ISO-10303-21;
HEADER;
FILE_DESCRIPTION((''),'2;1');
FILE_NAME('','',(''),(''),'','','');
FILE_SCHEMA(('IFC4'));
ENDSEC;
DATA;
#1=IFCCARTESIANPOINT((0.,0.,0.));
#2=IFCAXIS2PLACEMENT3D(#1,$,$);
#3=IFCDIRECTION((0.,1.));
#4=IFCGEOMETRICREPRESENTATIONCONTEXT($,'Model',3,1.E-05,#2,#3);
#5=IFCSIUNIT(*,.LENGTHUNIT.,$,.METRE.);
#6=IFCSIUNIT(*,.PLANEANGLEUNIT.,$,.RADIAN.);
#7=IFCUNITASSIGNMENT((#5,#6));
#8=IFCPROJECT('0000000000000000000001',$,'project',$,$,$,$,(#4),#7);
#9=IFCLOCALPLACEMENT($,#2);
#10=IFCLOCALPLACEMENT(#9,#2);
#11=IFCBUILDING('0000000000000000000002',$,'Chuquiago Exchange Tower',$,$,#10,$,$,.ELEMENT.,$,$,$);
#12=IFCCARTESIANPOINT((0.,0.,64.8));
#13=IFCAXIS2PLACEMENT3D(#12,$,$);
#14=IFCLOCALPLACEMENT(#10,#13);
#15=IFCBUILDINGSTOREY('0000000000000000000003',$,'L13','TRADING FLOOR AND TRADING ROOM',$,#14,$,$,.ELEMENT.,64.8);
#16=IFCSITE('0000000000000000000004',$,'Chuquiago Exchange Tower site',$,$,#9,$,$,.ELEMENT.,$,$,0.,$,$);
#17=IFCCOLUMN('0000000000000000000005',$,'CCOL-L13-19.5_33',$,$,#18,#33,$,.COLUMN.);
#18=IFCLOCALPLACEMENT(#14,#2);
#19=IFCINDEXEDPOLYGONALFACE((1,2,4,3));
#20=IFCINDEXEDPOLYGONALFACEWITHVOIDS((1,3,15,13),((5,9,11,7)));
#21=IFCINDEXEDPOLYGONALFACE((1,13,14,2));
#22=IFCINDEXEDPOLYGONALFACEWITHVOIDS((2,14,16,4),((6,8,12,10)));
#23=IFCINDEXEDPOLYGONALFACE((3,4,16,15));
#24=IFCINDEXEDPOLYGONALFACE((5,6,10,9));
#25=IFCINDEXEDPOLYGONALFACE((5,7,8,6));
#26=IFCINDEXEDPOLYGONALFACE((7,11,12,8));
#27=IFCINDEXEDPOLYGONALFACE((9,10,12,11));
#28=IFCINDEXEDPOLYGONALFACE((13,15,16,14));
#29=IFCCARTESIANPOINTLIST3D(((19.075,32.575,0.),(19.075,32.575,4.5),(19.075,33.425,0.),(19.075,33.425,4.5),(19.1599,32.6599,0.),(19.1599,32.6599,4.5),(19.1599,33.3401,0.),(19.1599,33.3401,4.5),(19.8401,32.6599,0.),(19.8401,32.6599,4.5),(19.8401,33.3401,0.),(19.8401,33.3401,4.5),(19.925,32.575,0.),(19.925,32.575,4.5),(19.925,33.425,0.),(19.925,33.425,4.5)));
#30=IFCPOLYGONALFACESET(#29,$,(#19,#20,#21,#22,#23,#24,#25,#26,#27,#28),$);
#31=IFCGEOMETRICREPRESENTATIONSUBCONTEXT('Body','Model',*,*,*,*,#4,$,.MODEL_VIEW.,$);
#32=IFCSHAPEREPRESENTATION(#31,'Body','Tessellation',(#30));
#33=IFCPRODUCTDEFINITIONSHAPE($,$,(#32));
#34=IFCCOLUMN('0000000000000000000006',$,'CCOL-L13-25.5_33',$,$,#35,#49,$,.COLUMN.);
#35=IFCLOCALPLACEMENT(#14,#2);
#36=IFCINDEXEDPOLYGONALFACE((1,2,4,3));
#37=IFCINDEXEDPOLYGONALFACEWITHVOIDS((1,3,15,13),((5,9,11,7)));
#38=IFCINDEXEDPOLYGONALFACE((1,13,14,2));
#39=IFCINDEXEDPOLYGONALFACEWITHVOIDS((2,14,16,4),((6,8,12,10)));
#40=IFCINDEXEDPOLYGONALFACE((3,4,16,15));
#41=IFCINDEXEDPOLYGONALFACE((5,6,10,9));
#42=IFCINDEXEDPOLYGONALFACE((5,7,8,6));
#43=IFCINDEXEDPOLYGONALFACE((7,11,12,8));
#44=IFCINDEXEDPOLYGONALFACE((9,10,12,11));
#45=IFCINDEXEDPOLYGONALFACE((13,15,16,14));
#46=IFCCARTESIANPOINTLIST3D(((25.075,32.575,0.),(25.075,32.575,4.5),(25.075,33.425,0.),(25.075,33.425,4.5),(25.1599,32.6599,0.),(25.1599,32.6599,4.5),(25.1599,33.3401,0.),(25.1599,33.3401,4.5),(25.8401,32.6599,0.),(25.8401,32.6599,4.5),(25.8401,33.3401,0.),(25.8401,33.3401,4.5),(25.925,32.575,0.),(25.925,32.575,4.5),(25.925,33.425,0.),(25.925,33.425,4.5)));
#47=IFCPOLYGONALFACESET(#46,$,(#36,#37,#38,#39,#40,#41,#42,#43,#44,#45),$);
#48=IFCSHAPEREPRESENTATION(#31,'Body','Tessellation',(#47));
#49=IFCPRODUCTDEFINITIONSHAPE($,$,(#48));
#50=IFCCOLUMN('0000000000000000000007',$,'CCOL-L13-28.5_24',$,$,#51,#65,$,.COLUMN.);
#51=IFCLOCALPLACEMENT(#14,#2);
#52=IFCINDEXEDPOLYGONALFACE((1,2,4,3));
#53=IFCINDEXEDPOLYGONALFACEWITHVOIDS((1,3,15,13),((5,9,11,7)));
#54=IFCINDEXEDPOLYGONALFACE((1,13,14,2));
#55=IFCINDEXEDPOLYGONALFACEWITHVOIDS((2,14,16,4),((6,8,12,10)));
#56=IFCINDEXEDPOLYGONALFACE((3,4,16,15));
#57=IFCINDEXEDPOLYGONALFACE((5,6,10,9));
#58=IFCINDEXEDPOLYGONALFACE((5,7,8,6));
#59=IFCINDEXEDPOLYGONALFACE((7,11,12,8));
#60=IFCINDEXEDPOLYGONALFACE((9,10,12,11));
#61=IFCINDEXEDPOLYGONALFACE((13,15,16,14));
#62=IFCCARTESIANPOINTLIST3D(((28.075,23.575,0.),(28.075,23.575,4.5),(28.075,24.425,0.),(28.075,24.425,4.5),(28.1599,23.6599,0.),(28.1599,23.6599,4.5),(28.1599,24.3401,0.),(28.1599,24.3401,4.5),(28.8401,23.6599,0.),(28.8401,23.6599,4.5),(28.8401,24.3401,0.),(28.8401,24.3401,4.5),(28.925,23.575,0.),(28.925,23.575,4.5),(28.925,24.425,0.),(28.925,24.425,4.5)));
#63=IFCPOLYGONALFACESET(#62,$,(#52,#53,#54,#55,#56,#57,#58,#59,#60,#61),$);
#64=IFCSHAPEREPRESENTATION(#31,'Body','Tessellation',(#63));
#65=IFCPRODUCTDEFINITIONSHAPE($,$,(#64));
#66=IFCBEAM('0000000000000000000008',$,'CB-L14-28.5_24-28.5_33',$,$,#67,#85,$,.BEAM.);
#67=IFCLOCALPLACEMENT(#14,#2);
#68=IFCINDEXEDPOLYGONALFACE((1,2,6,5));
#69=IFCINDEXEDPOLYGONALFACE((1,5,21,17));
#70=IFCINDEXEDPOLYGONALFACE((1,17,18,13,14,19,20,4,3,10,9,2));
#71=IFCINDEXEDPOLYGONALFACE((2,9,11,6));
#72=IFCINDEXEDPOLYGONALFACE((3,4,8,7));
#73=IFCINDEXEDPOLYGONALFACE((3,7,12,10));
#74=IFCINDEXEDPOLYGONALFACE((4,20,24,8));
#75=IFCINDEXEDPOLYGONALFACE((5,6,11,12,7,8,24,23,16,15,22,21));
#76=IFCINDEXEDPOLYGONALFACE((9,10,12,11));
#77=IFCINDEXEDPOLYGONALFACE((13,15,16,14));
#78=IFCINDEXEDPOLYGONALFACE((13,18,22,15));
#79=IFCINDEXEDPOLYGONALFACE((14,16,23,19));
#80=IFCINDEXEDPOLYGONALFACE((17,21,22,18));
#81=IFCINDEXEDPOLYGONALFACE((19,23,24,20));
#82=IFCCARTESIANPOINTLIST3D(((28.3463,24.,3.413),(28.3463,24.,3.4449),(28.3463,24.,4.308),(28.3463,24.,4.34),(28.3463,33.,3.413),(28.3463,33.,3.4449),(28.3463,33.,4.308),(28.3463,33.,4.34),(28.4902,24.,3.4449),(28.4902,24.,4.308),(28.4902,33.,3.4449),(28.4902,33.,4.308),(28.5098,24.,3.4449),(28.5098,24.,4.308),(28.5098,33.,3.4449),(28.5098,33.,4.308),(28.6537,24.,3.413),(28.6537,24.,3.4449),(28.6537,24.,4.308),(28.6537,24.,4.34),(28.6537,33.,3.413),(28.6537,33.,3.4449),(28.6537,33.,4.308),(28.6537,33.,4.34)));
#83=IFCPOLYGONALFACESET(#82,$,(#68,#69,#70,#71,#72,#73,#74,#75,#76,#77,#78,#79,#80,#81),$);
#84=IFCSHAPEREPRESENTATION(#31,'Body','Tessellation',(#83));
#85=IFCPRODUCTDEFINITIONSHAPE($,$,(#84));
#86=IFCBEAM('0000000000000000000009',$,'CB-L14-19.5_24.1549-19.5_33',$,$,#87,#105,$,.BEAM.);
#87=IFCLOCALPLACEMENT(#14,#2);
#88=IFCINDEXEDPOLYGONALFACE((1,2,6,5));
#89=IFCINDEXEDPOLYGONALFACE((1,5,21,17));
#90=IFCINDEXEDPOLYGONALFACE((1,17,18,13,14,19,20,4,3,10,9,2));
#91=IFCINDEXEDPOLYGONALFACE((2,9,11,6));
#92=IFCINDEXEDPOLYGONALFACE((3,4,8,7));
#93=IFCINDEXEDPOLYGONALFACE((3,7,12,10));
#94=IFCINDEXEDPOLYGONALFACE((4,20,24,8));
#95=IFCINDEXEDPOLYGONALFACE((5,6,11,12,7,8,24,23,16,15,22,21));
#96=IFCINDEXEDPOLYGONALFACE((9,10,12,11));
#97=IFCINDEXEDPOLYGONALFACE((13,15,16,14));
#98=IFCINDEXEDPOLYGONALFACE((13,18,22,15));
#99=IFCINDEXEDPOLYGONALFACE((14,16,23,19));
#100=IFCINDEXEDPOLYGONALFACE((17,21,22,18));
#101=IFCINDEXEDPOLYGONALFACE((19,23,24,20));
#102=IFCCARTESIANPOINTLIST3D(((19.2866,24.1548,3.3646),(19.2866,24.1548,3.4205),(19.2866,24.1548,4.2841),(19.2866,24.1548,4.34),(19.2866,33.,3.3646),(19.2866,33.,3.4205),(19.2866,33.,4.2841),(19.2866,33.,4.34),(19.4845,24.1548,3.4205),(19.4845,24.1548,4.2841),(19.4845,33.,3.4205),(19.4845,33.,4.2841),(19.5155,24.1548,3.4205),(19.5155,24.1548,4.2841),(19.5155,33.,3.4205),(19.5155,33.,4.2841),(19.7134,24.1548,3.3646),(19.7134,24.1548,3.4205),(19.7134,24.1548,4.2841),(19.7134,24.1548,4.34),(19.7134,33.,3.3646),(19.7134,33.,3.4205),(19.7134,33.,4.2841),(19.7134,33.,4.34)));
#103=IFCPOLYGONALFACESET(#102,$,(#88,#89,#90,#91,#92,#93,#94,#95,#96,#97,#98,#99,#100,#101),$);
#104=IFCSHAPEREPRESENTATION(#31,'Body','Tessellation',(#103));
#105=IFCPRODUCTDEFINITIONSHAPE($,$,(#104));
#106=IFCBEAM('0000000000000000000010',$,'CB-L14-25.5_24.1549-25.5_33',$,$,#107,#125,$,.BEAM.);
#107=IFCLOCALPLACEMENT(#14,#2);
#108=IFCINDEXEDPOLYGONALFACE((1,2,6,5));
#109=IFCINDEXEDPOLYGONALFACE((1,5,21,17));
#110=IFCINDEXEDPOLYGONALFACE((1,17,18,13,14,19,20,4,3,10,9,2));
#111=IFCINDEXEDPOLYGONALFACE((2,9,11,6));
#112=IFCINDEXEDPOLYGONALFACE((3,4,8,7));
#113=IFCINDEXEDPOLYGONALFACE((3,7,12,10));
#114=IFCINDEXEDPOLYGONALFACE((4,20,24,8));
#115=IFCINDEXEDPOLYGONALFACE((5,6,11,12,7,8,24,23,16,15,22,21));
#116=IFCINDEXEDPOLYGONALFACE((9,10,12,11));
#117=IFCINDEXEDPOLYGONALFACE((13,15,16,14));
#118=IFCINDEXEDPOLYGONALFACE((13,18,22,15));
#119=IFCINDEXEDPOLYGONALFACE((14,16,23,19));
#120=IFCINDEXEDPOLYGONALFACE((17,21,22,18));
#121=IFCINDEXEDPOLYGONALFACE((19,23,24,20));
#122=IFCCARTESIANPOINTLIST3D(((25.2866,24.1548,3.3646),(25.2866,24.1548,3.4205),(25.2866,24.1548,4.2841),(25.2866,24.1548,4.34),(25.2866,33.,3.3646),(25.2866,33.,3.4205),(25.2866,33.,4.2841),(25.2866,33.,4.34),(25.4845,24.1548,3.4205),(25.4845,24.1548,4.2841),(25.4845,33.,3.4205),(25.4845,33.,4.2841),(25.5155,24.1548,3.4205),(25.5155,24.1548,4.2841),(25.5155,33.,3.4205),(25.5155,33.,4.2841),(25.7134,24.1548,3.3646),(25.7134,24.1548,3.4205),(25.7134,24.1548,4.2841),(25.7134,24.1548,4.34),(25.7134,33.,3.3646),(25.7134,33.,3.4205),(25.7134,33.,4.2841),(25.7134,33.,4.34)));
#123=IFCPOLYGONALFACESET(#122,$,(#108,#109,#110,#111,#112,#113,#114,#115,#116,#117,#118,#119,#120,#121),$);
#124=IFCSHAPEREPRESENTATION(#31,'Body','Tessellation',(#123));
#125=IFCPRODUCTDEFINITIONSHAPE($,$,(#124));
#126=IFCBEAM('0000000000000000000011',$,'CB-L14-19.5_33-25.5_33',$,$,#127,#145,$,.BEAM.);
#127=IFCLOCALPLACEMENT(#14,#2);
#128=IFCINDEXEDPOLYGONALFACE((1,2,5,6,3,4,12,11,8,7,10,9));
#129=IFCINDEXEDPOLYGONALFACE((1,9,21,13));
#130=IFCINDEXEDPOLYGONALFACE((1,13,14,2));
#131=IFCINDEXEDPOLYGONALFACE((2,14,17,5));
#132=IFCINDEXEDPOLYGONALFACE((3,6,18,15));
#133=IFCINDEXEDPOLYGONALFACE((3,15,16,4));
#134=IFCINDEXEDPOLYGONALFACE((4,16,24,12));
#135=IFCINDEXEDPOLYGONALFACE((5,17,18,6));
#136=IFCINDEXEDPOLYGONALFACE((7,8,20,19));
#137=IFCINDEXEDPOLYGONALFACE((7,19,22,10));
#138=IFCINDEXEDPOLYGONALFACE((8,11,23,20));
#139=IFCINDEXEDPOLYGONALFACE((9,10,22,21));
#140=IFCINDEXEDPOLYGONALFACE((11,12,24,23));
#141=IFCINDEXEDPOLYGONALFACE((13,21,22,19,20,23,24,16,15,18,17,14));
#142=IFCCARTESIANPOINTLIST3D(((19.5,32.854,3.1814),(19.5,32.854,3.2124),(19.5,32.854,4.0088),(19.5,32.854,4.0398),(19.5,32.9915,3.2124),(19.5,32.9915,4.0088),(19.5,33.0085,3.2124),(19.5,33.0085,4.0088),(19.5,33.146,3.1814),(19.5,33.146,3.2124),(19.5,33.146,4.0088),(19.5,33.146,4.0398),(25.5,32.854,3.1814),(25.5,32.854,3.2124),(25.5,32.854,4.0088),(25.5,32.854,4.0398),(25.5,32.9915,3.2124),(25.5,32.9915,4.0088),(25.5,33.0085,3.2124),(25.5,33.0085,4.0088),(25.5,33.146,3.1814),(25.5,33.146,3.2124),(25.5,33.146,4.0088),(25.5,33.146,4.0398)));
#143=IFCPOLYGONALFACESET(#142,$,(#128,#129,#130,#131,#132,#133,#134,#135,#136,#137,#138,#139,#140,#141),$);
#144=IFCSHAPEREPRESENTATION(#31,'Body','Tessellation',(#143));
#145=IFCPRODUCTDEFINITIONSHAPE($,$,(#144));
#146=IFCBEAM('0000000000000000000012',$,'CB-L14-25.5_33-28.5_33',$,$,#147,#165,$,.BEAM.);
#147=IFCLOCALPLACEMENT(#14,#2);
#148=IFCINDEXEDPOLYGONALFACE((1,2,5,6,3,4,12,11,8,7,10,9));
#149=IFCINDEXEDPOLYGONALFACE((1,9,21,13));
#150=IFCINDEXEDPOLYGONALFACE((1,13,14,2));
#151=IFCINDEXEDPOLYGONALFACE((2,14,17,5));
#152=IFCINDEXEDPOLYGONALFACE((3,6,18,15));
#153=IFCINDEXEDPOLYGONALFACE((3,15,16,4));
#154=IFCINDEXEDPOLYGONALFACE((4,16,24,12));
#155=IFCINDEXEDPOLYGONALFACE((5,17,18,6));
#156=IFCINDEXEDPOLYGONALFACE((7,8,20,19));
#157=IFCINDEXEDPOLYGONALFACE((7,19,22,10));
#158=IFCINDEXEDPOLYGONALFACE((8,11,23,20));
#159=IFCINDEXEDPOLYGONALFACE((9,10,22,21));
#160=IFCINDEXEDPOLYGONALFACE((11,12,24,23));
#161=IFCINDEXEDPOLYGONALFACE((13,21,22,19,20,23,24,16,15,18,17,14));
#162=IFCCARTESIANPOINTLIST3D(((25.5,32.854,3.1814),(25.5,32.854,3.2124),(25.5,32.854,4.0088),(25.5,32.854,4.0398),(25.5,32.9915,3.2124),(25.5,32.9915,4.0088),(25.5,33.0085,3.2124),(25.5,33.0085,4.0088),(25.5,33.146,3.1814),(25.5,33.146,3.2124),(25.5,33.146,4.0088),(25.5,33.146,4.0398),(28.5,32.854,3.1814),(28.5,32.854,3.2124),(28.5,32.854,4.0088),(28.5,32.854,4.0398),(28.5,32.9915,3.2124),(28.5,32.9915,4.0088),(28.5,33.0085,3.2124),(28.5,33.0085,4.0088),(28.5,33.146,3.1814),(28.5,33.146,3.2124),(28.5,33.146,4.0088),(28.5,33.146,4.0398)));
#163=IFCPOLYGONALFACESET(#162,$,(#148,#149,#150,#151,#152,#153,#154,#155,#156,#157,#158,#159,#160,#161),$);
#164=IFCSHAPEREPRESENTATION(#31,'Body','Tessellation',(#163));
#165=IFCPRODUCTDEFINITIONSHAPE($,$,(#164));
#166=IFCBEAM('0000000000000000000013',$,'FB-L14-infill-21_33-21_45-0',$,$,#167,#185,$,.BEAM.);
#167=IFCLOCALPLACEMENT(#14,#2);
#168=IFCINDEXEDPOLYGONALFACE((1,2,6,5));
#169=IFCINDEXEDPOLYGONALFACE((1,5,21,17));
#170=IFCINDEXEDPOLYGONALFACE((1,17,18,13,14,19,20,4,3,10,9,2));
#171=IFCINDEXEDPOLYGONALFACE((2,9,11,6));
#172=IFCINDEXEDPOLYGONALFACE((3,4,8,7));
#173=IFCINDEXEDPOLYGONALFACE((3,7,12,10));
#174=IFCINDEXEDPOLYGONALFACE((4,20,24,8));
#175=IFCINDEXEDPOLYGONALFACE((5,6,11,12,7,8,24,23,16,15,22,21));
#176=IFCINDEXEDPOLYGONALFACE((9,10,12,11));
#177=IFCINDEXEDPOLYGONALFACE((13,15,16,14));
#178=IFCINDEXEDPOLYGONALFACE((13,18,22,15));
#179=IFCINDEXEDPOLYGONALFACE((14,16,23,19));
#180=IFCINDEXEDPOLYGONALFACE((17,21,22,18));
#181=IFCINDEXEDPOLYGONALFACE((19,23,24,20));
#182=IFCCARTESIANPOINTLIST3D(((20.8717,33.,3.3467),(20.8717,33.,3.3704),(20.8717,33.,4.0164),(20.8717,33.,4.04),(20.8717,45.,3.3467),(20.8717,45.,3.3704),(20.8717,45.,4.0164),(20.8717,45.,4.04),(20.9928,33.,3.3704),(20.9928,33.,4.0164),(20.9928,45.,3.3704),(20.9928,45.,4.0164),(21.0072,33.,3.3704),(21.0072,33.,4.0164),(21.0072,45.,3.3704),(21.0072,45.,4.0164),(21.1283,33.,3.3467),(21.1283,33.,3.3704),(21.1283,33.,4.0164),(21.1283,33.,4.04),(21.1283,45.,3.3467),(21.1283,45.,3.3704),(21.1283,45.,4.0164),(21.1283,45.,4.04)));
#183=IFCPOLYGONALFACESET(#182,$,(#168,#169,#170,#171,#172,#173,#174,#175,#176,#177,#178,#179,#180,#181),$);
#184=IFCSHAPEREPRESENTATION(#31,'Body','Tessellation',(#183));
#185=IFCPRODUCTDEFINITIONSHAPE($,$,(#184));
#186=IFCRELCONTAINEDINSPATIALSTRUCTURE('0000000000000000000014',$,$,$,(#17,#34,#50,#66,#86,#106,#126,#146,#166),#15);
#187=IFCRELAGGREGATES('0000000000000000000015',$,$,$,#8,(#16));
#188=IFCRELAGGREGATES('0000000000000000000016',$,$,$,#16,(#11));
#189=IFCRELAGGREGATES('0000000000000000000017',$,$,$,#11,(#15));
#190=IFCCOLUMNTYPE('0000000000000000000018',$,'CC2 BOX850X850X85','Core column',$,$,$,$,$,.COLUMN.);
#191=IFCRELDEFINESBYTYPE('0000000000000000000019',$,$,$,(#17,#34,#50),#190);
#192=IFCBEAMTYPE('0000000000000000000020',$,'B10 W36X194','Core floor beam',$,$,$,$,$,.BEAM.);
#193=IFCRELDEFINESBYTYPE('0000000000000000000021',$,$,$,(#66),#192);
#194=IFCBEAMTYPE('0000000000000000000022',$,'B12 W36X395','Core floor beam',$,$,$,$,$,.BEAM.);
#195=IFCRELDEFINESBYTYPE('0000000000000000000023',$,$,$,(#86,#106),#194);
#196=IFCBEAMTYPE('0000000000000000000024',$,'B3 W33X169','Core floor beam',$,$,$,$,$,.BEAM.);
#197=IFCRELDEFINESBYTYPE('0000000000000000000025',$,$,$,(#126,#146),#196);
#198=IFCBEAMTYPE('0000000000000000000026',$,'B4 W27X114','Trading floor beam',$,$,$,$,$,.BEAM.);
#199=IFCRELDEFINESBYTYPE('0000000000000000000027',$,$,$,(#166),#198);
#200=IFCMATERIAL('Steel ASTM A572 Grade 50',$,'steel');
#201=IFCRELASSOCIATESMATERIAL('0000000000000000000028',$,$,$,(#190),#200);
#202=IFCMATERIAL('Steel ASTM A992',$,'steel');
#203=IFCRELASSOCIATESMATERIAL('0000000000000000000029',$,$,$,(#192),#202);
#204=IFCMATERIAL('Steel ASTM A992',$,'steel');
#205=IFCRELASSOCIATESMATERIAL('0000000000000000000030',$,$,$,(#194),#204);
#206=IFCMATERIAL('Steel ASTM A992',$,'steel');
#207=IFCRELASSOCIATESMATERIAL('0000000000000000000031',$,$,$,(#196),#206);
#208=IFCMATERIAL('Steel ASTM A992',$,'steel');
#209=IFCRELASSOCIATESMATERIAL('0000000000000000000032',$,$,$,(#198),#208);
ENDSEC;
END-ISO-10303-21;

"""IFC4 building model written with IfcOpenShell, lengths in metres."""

from ifc_helpers import new_model, si_unit, direction, frame, origin, origin_2d, place, context, subcontext, project, spatial, hollow_rectangle, i_section, extrude, material, material_profile, profile_set, type_object, element, save


model = new_model("IFC4")

# Units and contexts
model_context = context("Model", 3, precision=1e-05, world=origin(), true_north=direction((0.0, 1.0)))
body_context = subcontext(model_context, "Body", "Model", "MODEL_VIEW")
ifc_project = project(units=[si_unit("LENGTHUNIT", "METRE"), si_unit("PLANEANGLEUNIT", "RADIAN")], contexts=[model_context])

# Site, building, storey
site_placement = place(None, origin())
site = spatial("IfcSite", under=ifc_project, at=site_placement, Name="Chuquiago Exchange Tower site", CompositionType="ELEMENT", RefElevation=0.0)
building_placement = place(site_placement, origin())
building = spatial("IfcBuilding", under=site, at=building_placement, Name="Chuquiago Exchange Tower", CompositionType="ELEMENT")
storey_placement = place(building_placement, frame((0.0, 0.0, 64.8)))
storey = spatial("IfcBuildingStorey", under=building, at=storey_placement, Name="L13", Description="TRADING FLOOR AND TRADING ROOM", CompositionType="ELEMENT", Elevation=64.8)

# Columns
ifc_material_1 = material(Name="Steel ASTM A572 Grade 50", Category="steel")
ifc_material_profile_1 = material_profile(ifc_material_1, hollow_rectangle(XDim=0.8501, YDim=0.8501, WallThickness=0.085, at=origin_2d()), Name="BOX850X850X85")
ifc_profile_set_1 = profile_set([ifc_material_profile_1], Name="Steel ASTM A572 Grade 50")
column_type = type_object("IfcColumnType", Name="CC2 BOX850X850X85", Description="Core column", PredefinedType="COLUMN", material=ifc_profile_set_1)
for number, where, z_axis, x_axis, name in (
    (1, (19.5, 33.0, 0.0), (0.0, 0.0, 1.0), (1.0, 0.0, 0.0), "CCOL-L13-19.5_33"),
    (2, (25.5, 33.0, 0.0), (0.0, 0.0, 1.0), (1.0, 0.0, 0.0), "CCOL-L13-25.5_33"),
    (3, (28.5, 24.0, 0.0), (0.0, 0.0, 1.0), (1.0, 0.0, 0.0), "CCOL-L13-28.5_24"),
):
    element("IfcColumn", number, at=place(storey_placement, frame(where, z_axis=z_axis, x_axis=x_axis)), inside=storey, type_object=column_type, Name=name, PredefinedType="COLUMN", context=body_context, shape_type="SweptSolid", body=[
        extrude(hollow_rectangle(XDim=0.8501, YDim=0.8501, WallThickness=0.085, at=origin_2d()), origin(), (0.0, 0.0, 1.0), 4.5),
    ])

# Beams
ifc_material_2 = material(Name="Steel ASTM A992", Category="steel")
ifc_material_profile_2 = material_profile(ifc_material_2, i_section(OverallWidth=0.3074, OverallDepth=0.927, WebThickness=0.0195, FlangeThickness=0.032, at=origin_2d()), Name="W36X194")
ifc_profile_set_2 = profile_set([ifc_material_profile_2], Name="Steel ASTM A992")
beam_type_1 = type_object("IfcBeamType", Name="B10 W36X194", Description="Core floor beam", PredefinedType="BEAM", material=ifc_profile_set_2)
beam_1_placement = place(storey_placement, frame((28.5, 24.0, 3.8765), z_axis=(0.0, 1.0, 0.0), x_axis=(-1.0, 0.0, 0.0)))
element("IfcBeam", 4, at=beam_1_placement, inside=storey, type_object=beam_type_1, Name="CB-L14-28.5_24-28.5_33", PredefinedType="BEAM", context=body_context, shape_type="SweptSolid", body=[
    extrude(i_section(OverallWidth=0.3074, OverallDepth=0.927, WebThickness=0.0195, FlangeThickness=0.032, at=origin_2d()), origin(), (0.0, 0.0, 1.0), 9.0),
])
ifc_material_3 = material(Name="Steel ASTM A992", Category="steel")
ifc_material_profile_3 = material_profile(ifc_material_3, i_section(OverallWidth=0.4268, OverallDepth=0.9753, WebThickness=0.031, FlangeThickness=0.0559, at=origin_2d()), Name="W36X395")
ifc_profile_set_3 = profile_set([ifc_material_profile_3], Name="Steel ASTM A992")
beam_type_2 = type_object("IfcBeamType", Name="B12 W36X395", Description="Core floor beam", PredefinedType="BEAM", material=ifc_profile_set_3)
for number, where, z_axis, x_axis, name in (
    (5, (19.5, 24.1548, 3.8523), (0.0, 1.0, 0.0), (-1.0, 0.0, 0.0), "CB-L14-19.5_24.1549-19.5_33"),
    (6, (25.5, 24.1548, 3.8523), (0.0, 1.0, 0.0), (-1.0, 0.0, 0.0), "CB-L14-25.5_24.1549-25.5_33"),
):
    element("IfcBeam", number, at=place(storey_placement, frame(where, z_axis=z_axis, x_axis=x_axis)), inside=storey, type_object=beam_type_2, Name=name, PredefinedType="BEAM", context=body_context, shape_type="SweptSolid", body=[
        extrude(i_section(OverallWidth=0.4268, OverallDepth=0.9753, WebThickness=0.031, FlangeThickness=0.0559, at=origin_2d()), origin(), (0.0, 0.0, 1.0), 8.8452),
    ])
ifc_material_4 = material(Name="Steel ASTM A992", Category="steel")
ifc_material_profile_4 = material_profile(ifc_material_4, i_section(OverallWidth=0.292, OverallDepth=0.8584, WebThickness=0.0171, FlangeThickness=0.031, at=origin_2d()), Name="W33X169")
ifc_profile_set_4 = profile_set([ifc_material_profile_4], Name="Steel ASTM A992")
beam_type_3 = type_object("IfcBeamType", Name="B3 W33X169", Description="Core floor beam", PredefinedType="BEAM", material=ifc_profile_set_4)
beam_2_placement = place(storey_placement, frame((19.5, 33.0, 3.6106), z_axis=(1.0, 0.0, 0.0), x_axis=(0.0, 1.0, 0.0)))
element("IfcBeam", 7, at=beam_2_placement, inside=storey, type_object=beam_type_3, Name="CB-L14-19.5_33-25.5_33", PredefinedType="BEAM", context=body_context, shape_type="SweptSolid", body=[
    extrude(i_section(OverallWidth=0.292, OverallDepth=0.8584, WebThickness=0.0171, FlangeThickness=0.031, at=origin_2d()), origin(), (0.0, 0.0, 1.0), 6.0),
])
beam_3_placement = place(storey_placement, frame((25.5, 33.0, 3.6106), z_axis=(1.0, 0.0, 0.0), x_axis=(0.0, 1.0, 0.0)))
element("IfcBeam", 8, at=beam_3_placement, inside=storey, type_object=beam_type_3, Name="CB-L14-25.5_33-28.5_33", PredefinedType="BEAM", context=body_context, shape_type="SweptSolid", body=[
    extrude(i_section(OverallWidth=0.292, OverallDepth=0.8584, WebThickness=0.0171, FlangeThickness=0.031, at=origin_2d()), origin(), (0.0, 0.0, 1.0), 3.0),
])
ifc_material_5 = material(Name="Steel ASTM A992", Category="steel")
ifc_material_profile_5 = material_profile(ifc_material_5, i_section(OverallWidth=0.2566, OverallDepth=0.6934, WebThickness=0.0144, FlangeThickness=0.0237, at=origin_2d()), Name="W27X114")
ifc_profile_set_5 = profile_set([ifc_material_profile_5], Name="Steel ASTM A992")
beam_type_4 = type_object("IfcBeamType", Name="B4 W27X114", Description="Trading floor beam", PredefinedType="BEAM", material=ifc_profile_set_5)
for number, where, z_axis, x_axis, name in (
    (9, (21.0, 33.0, 3.6934), (0.0, 1.0, 0.0), (-1.0, 0.0, 0.0), "FB-L14-infill-21_33-21_45-0"),
):
    element("IfcBeam", number, at=place(storey_placement, frame(where, z_axis=z_axis, x_axis=x_axis)), inside=storey, type_object=beam_type_4, Name=name, PredefinedType="BEAM", context=body_context, shape_type="SweptSolid", body=[
        extrude(i_section(OverallWidth=0.2566, OverallDepth=0.6934, WebThickness=0.0144, FlangeThickness=0.0237, at=origin_2d()), origin(), (0.0, 0.0, 1.0), 12.0),
    ])

save(model, "model.ifc")
